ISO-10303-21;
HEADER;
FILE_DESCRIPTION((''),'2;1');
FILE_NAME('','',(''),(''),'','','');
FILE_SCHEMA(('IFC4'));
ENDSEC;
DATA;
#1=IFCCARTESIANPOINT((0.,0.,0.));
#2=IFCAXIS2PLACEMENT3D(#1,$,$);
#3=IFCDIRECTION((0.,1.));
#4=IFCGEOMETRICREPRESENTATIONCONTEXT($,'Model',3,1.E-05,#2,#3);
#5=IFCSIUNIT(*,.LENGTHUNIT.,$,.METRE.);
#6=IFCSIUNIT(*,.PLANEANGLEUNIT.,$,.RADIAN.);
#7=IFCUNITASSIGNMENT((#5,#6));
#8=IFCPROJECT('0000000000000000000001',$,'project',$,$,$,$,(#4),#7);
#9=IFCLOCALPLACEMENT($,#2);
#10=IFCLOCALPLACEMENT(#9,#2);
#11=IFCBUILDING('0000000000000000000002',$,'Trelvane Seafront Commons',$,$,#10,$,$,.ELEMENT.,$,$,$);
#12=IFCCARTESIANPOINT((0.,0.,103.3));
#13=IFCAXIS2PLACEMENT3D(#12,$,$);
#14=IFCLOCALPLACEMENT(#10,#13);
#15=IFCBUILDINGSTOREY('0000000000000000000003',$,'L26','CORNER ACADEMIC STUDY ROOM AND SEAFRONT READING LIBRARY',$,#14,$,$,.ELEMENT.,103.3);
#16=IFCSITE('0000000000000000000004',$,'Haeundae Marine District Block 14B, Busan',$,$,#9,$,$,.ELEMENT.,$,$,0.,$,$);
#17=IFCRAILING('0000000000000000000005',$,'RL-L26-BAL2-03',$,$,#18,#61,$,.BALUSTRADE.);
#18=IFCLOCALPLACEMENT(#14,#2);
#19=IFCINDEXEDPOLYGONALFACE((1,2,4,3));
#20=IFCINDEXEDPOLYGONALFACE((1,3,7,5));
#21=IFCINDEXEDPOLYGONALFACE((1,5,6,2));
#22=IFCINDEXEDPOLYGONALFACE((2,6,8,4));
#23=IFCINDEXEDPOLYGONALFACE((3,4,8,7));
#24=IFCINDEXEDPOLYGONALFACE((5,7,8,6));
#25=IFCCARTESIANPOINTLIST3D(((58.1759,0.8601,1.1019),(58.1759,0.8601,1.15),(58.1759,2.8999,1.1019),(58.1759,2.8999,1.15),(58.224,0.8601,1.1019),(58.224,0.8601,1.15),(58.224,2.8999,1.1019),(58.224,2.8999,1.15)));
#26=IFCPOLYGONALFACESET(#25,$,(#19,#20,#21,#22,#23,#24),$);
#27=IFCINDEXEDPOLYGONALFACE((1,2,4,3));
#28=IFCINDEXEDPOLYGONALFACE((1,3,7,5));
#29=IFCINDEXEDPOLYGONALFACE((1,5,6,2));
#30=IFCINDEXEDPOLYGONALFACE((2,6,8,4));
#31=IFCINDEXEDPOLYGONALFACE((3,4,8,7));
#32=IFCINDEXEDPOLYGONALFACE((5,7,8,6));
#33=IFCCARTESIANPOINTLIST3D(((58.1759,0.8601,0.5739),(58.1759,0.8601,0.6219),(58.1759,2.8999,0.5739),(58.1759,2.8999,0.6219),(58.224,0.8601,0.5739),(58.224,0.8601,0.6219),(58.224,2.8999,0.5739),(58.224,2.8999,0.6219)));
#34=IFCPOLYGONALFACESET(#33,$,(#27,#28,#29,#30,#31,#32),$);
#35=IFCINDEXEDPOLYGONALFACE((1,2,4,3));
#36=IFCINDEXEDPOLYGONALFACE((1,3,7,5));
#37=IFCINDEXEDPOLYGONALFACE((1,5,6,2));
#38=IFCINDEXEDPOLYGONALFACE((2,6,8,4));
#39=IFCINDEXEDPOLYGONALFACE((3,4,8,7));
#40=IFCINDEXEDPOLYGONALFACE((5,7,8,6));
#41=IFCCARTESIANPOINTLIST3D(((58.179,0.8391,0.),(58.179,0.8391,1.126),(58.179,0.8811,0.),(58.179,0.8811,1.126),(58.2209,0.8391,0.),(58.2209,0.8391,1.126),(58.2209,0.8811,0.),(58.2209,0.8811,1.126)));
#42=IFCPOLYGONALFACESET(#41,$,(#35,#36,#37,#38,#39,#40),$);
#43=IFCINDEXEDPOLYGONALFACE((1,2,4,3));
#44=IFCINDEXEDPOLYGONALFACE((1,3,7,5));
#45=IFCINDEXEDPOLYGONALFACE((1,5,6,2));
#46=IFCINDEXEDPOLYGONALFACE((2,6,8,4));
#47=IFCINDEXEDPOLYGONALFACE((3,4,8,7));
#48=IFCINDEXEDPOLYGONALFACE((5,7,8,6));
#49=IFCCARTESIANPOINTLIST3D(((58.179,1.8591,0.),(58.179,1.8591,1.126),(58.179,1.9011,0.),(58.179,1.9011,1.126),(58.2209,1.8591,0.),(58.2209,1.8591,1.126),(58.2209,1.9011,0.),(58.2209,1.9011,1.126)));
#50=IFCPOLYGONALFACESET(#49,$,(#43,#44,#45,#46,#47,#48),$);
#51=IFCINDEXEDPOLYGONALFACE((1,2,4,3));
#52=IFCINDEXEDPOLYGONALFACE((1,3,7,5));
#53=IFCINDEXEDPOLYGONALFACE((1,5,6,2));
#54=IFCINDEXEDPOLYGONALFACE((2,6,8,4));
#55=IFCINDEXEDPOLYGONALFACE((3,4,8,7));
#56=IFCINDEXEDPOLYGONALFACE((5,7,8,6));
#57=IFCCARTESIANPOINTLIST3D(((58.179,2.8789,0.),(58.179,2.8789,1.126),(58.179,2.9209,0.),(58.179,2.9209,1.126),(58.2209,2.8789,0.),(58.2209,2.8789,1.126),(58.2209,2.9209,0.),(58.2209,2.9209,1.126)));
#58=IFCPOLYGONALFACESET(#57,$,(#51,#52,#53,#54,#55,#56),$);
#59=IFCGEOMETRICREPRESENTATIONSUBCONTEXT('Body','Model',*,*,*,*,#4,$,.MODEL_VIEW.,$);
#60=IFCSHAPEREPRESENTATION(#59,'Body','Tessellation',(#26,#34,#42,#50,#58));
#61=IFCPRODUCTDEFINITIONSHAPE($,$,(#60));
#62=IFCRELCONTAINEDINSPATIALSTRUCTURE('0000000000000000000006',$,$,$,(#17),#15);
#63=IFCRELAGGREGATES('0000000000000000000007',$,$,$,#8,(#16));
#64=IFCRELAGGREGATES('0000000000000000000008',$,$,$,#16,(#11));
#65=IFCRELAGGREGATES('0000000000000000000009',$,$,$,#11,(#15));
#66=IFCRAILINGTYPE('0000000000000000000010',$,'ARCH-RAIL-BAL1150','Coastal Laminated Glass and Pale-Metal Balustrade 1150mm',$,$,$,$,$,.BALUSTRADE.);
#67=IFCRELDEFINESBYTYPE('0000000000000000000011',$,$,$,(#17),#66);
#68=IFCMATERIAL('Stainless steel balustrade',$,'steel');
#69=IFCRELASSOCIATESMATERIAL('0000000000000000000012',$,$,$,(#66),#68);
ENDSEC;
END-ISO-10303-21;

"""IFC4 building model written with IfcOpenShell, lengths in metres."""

from ifc_helpers import new_model, si_unit, direction, frame, origin, origin_2d, place, context, subcontext, project, spatial, rectangle, extrude, material, type_object, element, save


model = new_model("IFC4")

# Units and contexts
model_context = context("Model", 3, precision=1e-05, world=origin(), true_north=direction((0.0, 1.0)))
body_context = subcontext(model_context, "Body", "Model", "MODEL_VIEW")
ifc_project = project(units=[si_unit("LENGTHUNIT", "METRE"), si_unit("PLANEANGLEUNIT", "RADIAN")], contexts=[model_context])

# Site, building, storey
site_placement = place(None, origin())
site = spatial("IfcSite", under=ifc_project, at=site_placement, Name="Haeundae Marine District Block 14B, Busan", CompositionType="ELEMENT", RefElevation=0.0)
building_placement = place(site_placement, origin())
building = spatial("IfcBuilding", under=site, at=building_placement, Name="Trelvane Seafront Commons", CompositionType="ELEMENT")
storey_placement = place(building_placement, frame((0.0, 0.0, 103.3)))
storey = spatial("IfcBuildingStorey", under=building, at=storey_placement, Name="L26", Description="CORNER ACADEMIC STUDY ROOM AND SEAFRONT READING LIBRARY", CompositionType="ELEMENT", Elevation=103.3)

# Railing
ifc_material_1 = material(Name="Stainless steel balustrade", Category="steel")
railing_type = type_object("IfcRailingType", Name="ARCH-RAIL-BAL1150", Description="Coastal Laminated Glass and Pale-Metal Balustrade 1150mm", PredefinedType="BALUSTRADE", material=ifc_material_1)
railing_placement = place(storey_placement, frame((58.2, 0.8601, 0.0)))
element("IfcRailing", 1, at=railing_placement, inside=storey, type_object=railing_type, Name="RL-L26-BAL2-03", PredefinedType="BALUSTRADE", context=body_context, shape_type="SweptSolid", body=[
    extrude(rectangle(XDim=0.0481, YDim=0.0481, at=origin_2d()), frame((0.0, 0.0, 1.126), z_axis=(0.0, 1.0, 0.0), x_axis=(-1.0, 0.0, 0.0)), (0.0, 0.0, 1.0), 2.0398),
    extrude(rectangle(XDim=0.0481, YDim=0.0481, at=origin_2d()), frame((0.0, 0.0, 0.5979), z_axis=(0.0, 1.0, 0.0), x_axis=(-1.0, 0.0, 0.0)), (0.0, 0.0, 1.0), 2.0398),
    extrude(rectangle(XDim=0.042, YDim=0.042, at=origin_2d()), origin(), (0.0, 0.0, 1.0), 1.126),
    extrude(rectangle(XDim=0.042, YDim=0.042, at=origin_2d()), frame((0.0, 1.02, 0.0)), (0.0, 0.0, 1.0), 1.126),
    extrude(rectangle(XDim=0.042, YDim=0.042, at=origin_2d()), frame((0.0, 2.0398, 0.0)), (0.0, 0.0, 1.0), 1.126),
])

save(model, "model.ifc")
